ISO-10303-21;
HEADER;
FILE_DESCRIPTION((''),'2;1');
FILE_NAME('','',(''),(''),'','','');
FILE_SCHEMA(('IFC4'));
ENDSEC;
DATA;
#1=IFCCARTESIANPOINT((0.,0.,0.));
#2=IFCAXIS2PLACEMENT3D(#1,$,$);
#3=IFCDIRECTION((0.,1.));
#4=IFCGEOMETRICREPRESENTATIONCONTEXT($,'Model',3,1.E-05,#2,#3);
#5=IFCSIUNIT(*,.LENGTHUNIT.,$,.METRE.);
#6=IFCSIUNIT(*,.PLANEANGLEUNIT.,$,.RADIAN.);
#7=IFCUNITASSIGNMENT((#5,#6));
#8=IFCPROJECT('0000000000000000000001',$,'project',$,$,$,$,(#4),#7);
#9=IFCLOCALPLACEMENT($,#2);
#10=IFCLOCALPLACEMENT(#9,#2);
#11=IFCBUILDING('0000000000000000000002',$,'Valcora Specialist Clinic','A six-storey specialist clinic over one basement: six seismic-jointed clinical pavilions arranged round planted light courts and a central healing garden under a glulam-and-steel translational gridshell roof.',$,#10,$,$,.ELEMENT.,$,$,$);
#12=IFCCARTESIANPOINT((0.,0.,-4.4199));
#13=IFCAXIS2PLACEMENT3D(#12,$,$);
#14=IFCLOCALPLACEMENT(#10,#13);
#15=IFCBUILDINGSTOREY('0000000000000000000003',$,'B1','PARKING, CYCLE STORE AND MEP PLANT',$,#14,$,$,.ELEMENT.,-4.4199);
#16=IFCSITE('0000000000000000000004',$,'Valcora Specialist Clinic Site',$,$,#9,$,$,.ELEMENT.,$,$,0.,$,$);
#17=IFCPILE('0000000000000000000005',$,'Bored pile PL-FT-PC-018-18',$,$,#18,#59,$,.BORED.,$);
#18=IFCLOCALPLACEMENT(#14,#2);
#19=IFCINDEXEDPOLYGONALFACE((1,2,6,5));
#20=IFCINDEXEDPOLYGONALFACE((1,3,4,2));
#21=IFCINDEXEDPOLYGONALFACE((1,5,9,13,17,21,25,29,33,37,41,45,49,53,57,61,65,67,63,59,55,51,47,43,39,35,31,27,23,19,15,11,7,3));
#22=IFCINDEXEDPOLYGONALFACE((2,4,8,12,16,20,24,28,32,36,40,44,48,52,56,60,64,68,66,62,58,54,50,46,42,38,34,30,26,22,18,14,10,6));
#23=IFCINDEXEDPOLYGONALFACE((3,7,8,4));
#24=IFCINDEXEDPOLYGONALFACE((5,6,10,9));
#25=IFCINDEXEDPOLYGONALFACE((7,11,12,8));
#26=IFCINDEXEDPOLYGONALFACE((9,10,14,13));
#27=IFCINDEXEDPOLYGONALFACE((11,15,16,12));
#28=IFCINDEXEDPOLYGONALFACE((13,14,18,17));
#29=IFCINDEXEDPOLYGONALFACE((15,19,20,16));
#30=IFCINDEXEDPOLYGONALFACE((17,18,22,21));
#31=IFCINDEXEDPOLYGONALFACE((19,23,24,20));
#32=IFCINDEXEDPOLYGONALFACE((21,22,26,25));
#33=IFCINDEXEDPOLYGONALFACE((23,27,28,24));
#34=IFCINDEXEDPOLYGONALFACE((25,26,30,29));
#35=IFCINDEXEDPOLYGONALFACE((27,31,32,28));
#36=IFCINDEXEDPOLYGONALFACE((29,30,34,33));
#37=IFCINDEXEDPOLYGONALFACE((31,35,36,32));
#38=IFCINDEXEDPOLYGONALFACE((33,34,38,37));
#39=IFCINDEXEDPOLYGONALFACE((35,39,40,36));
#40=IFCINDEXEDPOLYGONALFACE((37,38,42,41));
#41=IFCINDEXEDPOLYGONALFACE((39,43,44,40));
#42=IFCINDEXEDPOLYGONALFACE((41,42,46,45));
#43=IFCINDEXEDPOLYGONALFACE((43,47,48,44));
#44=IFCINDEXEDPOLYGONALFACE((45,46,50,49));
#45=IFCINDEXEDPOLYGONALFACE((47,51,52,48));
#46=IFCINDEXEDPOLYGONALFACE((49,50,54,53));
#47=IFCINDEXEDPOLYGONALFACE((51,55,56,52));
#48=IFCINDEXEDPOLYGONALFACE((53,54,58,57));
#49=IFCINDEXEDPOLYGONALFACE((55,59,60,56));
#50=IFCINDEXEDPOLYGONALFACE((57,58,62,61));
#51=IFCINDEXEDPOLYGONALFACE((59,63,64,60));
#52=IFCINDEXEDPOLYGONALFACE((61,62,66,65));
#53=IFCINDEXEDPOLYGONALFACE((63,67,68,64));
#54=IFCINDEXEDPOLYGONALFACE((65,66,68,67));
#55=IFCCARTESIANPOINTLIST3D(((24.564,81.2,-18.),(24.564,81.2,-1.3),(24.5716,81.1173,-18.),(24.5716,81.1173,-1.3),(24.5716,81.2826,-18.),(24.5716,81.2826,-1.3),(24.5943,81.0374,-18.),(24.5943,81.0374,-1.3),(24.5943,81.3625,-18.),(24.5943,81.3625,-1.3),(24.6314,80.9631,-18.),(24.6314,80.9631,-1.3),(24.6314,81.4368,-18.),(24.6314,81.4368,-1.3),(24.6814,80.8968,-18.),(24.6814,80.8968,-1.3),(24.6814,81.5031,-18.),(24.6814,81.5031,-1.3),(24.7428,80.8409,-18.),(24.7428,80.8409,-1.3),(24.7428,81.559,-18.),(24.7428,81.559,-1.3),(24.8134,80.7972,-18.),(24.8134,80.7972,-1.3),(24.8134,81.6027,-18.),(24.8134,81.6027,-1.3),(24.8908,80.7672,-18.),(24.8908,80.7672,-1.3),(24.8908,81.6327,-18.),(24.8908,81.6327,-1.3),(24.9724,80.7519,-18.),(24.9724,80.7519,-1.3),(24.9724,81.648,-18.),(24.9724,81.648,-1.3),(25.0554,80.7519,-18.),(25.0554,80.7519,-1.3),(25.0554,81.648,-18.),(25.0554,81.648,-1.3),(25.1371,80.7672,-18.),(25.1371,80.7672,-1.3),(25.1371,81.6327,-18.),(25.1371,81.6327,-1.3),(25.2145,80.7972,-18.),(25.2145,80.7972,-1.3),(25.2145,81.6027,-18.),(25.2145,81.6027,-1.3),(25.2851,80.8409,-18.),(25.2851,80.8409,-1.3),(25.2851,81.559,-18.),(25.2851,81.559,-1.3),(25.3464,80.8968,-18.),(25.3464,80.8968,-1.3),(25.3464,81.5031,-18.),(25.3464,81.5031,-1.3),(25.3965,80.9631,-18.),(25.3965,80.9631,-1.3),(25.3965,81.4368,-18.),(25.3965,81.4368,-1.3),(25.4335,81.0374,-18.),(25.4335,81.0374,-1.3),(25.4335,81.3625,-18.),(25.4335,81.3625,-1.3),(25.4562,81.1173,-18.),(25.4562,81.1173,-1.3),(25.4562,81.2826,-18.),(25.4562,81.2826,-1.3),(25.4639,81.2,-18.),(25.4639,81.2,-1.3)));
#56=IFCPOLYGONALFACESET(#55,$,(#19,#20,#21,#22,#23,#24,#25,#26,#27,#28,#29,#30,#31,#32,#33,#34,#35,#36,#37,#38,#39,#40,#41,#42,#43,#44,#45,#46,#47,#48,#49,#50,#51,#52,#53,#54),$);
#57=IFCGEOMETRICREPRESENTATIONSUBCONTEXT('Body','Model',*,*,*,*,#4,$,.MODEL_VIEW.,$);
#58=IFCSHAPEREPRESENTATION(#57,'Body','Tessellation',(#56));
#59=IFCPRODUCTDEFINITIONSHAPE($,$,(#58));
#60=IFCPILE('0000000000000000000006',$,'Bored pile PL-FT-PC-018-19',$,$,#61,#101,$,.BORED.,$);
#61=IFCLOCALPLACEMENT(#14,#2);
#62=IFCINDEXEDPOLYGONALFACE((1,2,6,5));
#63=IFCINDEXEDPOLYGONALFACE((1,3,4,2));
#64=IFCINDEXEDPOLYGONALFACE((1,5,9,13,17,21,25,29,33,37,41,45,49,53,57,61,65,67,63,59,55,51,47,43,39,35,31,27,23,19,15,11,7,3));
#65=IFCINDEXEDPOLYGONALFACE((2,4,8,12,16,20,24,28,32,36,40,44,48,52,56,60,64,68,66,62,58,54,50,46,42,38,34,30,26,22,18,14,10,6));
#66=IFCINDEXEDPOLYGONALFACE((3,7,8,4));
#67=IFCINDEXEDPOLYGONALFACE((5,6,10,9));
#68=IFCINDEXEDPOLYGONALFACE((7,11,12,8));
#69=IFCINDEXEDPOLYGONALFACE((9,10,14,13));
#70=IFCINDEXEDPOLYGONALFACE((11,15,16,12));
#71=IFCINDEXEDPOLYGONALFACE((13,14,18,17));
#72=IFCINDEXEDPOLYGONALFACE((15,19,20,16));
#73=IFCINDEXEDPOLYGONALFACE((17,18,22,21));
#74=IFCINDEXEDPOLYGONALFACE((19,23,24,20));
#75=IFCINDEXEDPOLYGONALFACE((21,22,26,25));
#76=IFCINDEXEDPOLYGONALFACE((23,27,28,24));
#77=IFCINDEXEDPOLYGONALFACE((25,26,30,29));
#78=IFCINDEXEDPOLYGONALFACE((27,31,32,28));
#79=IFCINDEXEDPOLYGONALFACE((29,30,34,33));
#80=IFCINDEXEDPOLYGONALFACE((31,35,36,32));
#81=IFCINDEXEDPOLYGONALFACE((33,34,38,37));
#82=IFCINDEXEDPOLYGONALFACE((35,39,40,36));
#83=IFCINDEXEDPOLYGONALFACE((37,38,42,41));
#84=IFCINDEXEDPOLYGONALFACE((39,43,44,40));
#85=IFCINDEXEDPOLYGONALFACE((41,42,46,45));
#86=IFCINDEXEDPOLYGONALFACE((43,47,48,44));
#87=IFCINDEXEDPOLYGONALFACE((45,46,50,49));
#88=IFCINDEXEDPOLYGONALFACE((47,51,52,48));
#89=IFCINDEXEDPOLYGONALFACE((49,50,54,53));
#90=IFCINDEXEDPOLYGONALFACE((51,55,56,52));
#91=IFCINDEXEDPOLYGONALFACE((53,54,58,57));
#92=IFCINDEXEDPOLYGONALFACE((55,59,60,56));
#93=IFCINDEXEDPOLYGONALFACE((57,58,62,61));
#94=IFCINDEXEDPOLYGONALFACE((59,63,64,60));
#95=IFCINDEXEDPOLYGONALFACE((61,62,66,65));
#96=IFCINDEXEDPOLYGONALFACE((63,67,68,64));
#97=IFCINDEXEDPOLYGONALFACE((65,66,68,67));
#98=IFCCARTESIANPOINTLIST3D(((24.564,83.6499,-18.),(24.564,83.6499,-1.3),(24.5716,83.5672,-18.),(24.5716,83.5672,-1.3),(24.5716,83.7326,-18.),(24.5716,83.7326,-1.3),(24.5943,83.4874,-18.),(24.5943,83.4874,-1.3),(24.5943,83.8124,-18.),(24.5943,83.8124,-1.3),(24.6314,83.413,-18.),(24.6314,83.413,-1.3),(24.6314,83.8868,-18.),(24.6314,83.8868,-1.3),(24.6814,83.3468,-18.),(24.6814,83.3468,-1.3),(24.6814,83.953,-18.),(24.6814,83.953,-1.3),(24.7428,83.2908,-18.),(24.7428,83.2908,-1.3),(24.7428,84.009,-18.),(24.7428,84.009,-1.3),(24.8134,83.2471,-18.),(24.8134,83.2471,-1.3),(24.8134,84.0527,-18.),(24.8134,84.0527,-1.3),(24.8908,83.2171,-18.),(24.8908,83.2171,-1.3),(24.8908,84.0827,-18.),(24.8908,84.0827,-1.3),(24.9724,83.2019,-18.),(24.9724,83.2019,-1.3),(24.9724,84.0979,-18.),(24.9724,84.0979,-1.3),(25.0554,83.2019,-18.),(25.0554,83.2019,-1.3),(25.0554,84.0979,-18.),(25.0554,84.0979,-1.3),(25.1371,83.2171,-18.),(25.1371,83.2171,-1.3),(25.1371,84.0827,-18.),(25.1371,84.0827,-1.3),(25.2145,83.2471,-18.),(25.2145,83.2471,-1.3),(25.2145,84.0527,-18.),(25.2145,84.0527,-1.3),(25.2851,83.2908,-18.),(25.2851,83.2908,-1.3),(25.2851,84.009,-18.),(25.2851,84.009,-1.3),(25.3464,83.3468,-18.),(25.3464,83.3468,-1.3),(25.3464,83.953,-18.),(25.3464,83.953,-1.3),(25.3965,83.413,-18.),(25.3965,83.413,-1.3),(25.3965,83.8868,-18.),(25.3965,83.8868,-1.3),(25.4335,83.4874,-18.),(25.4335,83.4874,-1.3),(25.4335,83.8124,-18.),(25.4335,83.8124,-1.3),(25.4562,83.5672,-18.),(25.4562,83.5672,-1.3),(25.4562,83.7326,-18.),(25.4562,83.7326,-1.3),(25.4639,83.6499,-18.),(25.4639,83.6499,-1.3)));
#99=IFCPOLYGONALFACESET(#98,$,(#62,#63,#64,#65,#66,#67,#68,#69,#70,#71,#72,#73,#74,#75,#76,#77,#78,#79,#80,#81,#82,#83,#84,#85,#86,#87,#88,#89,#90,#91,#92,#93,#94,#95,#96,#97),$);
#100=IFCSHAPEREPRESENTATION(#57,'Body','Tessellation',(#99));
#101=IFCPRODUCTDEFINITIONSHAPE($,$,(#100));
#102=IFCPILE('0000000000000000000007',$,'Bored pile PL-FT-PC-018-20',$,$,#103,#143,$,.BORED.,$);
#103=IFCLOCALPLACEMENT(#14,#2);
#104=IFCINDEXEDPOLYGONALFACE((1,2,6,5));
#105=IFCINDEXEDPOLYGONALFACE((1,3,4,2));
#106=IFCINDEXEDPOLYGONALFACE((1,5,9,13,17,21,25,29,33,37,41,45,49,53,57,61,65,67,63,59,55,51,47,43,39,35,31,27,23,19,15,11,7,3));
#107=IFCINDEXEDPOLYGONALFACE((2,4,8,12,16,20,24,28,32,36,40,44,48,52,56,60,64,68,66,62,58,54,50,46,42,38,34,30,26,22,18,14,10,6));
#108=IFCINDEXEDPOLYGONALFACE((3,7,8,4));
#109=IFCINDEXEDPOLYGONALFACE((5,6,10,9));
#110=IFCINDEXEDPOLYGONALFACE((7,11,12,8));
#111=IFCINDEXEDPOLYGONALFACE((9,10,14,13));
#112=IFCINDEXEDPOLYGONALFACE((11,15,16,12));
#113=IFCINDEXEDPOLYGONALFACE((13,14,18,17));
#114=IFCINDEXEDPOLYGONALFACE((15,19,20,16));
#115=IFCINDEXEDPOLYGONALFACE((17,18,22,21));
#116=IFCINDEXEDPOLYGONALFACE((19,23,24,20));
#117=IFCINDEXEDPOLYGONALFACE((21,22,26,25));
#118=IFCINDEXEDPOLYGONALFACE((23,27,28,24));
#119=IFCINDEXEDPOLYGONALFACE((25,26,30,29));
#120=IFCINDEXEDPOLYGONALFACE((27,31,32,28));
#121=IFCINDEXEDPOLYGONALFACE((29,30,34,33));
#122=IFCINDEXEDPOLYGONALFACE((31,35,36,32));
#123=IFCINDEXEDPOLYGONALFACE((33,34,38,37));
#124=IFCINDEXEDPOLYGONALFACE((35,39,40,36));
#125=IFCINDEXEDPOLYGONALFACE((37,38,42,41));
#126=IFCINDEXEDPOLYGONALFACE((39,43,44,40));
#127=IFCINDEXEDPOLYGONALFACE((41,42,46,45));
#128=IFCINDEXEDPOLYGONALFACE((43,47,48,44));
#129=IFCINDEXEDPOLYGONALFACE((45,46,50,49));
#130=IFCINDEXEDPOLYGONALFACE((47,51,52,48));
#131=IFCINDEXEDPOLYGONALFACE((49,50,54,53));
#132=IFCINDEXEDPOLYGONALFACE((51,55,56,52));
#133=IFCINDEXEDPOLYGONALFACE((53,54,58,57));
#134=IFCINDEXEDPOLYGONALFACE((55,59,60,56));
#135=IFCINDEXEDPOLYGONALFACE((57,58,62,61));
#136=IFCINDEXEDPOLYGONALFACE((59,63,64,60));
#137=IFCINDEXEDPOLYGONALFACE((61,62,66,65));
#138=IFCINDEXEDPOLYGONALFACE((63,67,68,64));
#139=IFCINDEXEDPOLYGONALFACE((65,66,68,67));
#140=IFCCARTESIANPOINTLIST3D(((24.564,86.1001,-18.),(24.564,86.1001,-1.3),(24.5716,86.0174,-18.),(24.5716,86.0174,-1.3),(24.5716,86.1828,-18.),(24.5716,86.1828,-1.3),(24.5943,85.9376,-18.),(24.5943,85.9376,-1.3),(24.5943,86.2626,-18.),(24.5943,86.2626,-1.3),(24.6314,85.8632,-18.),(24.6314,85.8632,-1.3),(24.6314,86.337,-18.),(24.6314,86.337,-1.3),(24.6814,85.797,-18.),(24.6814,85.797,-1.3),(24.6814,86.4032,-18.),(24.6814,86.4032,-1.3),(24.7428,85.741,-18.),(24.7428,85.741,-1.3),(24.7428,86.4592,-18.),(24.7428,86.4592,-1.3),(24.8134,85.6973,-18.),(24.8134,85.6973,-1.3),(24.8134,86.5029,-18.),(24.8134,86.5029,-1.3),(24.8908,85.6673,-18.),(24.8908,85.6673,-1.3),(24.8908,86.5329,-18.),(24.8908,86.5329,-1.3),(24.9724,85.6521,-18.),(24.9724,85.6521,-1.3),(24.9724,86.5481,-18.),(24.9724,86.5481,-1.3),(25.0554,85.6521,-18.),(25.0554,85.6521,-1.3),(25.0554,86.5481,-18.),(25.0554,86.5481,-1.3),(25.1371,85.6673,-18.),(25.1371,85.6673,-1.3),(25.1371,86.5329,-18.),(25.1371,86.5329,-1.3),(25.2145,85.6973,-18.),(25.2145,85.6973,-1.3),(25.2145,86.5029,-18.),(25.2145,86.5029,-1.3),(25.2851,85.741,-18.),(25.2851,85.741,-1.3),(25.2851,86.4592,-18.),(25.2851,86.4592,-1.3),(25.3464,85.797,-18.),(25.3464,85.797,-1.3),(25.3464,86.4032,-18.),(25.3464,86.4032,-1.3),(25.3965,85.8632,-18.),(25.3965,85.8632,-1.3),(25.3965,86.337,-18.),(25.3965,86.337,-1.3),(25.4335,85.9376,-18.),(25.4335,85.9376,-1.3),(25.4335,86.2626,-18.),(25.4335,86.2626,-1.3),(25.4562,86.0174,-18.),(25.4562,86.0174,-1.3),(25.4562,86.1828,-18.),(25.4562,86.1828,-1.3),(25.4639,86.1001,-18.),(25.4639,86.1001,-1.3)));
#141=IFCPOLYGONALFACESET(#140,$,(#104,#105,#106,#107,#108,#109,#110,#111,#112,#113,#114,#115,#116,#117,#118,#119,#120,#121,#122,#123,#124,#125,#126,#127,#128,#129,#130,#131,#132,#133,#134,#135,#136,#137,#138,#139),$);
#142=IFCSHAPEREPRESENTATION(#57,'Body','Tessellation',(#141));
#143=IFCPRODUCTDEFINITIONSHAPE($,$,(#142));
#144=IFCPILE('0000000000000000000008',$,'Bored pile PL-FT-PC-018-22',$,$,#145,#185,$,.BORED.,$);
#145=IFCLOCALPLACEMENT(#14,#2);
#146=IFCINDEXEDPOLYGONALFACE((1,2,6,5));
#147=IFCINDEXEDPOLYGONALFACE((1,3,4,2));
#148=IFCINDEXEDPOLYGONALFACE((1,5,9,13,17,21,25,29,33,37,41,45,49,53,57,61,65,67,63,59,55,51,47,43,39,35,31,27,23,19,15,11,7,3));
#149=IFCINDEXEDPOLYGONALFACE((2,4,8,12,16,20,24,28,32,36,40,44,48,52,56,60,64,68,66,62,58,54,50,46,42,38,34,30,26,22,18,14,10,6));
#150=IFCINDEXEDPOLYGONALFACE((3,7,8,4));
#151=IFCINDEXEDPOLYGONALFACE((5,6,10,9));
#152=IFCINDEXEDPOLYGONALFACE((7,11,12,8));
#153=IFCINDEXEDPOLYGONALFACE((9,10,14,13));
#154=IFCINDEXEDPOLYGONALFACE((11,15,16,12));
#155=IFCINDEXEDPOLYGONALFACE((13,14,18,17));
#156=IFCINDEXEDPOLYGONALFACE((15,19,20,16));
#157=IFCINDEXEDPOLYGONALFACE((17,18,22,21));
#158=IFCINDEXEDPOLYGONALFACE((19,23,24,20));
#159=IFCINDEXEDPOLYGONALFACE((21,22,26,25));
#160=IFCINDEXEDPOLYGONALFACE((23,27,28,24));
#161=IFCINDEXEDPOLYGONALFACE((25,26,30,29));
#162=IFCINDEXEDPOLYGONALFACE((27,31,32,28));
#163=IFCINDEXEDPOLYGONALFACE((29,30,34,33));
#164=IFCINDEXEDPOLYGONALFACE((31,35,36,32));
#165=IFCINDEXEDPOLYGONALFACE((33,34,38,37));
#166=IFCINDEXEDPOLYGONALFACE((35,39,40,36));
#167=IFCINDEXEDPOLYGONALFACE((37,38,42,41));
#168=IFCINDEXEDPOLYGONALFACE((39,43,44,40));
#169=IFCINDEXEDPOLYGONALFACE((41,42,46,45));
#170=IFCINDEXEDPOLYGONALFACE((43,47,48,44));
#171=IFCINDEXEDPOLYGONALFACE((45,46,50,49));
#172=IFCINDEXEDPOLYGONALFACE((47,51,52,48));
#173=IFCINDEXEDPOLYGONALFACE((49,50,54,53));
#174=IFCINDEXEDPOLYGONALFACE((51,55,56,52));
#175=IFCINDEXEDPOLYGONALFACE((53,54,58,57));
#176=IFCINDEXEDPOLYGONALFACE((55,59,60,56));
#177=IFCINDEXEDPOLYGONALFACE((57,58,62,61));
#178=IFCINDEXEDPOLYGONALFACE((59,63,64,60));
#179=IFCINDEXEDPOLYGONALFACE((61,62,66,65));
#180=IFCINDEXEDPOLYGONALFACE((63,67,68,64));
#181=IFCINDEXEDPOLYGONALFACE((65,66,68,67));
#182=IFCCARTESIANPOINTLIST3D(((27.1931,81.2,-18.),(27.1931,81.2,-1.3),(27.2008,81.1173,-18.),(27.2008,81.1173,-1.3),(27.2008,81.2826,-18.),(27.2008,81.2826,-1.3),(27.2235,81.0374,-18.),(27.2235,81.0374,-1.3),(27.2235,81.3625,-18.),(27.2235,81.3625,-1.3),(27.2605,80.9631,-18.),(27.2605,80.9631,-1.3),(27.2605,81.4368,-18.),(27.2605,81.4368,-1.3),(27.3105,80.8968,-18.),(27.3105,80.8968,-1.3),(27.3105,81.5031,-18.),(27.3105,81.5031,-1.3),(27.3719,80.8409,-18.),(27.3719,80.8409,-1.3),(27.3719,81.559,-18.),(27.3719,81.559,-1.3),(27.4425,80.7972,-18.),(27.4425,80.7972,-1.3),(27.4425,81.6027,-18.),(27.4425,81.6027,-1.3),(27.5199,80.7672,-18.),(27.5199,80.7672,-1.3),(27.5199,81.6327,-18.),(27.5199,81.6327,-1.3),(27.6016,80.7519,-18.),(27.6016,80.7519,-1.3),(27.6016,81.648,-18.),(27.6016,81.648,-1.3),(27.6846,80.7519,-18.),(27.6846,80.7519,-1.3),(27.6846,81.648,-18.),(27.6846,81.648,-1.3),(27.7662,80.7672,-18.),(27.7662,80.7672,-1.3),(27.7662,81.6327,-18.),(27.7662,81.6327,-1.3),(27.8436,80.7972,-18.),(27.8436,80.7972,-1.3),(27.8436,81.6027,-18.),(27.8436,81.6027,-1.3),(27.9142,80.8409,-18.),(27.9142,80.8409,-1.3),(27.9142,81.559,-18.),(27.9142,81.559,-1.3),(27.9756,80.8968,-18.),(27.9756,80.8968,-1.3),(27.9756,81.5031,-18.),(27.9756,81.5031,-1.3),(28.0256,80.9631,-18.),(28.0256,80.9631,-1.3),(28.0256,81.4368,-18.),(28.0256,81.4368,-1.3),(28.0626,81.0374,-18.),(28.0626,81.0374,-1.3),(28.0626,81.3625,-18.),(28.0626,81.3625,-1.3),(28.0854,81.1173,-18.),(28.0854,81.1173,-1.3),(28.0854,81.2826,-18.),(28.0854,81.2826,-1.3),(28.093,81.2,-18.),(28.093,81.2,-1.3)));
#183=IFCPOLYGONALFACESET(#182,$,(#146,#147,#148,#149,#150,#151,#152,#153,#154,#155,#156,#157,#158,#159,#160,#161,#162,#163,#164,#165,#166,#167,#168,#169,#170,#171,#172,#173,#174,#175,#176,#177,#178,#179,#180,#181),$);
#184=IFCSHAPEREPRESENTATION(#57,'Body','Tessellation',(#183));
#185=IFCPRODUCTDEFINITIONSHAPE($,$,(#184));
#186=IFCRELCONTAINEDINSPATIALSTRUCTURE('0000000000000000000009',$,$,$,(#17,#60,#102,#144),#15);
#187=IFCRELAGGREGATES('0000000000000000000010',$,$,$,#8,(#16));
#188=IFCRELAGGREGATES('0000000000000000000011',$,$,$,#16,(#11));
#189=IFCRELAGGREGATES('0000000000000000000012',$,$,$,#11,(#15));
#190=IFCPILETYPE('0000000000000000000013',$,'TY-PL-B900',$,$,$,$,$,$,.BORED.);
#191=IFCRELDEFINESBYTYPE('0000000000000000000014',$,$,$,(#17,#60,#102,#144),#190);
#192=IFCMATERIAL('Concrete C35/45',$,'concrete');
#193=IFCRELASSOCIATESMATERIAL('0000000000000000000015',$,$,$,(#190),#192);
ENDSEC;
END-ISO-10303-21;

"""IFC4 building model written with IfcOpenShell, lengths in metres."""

from ifc_helpers import new_model, si_unit, direction, frame, origin, origin_2d, place, context, subcontext, project, spatial, circle, extrude, material, material_profile, profile_set, type_object, element, save


model = new_model("IFC4")

# Units and contexts
model_context = context("Model", 3, precision=1e-05, world=origin(), true_north=direction((0.0, 1.0)))
body_context = subcontext(model_context, "Body", "Model", "MODEL_VIEW")
ifc_project = project(units=[si_unit("LENGTHUNIT", "METRE"), si_unit("PLANEANGLEUNIT", "RADIAN")], contexts=[model_context])

# Site, building, storey
site_placement = place(None, origin())
site = spatial("IfcSite", under=ifc_project, at=site_placement, Name="Valcora Specialist Clinic Site", CompositionType="ELEMENT", RefElevation=0.0)
building_placement = place(site_placement, origin())
building = spatial("IfcBuilding", under=site, at=building_placement, Name="Valcora Specialist Clinic", Description="A six-storey specialist clinic over one basement: six seismic-jointed clinical pavilions arranged round planted light courts and a central healing garden under a glulam-and-steel translational gridshell roof.", CompositionType="ELEMENT")
storey_placement = place(building_placement, frame((0.0, 0.0, -4.4199)))
storey = spatial("IfcBuildingStorey", under=building, at=storey_placement, Name="B1", Description="PARKING, CYCLE STORE AND MEP PLANT", CompositionType="ELEMENT", Elevation=-4.4199)

# Piles
ifc_material_1 = material(Name="Concrete C35/45", Category="concrete")
ifc_material_profile_1 = material_profile(ifc_material_1, circle(Radius=0.45, at=origin_2d()), Name="RC-PIL-D900")
ifc_profile_set_1 = profile_set([ifc_material_profile_1], Name="Concrete C35/45")
pile_type = type_object("IfcPileType", Name="TY-PL-B900", PredefinedType="BORED", material=ifc_profile_set_1)
for number, where, z_axis, x_axis, name in (
    (1, (25.0139, 81.2, -1.3), (0.0, 0.0, -1.0), (1.0, 0.0, 0.0), "Bored pile PL-FT-PC-018-18"),
    (2, (25.0139, 83.6499, -1.3), (0.0, 0.0, -1.0), (1.0, 0.0, 0.0), "Bored pile PL-FT-PC-018-19"),
    (3, (25.0139, 86.1001, -1.3), (0.0, 0.0, -1.0), (1.0, 0.0, 0.0), "Bored pile PL-FT-PC-018-20"),
    (4, (27.6431, 81.2, -1.3), (0.0, 0.0, -1.0), (1.0, 0.0, 0.0), "Bored pile PL-FT-PC-018-22"),
):
    element("IfcPile", number, at=place(storey_placement, frame(where, z_axis=z_axis, x_axis=x_axis)), inside=storey, type_object=pile_type, Name=name, PredefinedType="BORED", context=body_context, shape_type="SweptSolid", body=[
        extrude(circle(Radius=0.45, at=origin_2d()), origin(), (0.0, 0.0, 1.0), 16.7),
    ])

save(model, "model.ifc")
